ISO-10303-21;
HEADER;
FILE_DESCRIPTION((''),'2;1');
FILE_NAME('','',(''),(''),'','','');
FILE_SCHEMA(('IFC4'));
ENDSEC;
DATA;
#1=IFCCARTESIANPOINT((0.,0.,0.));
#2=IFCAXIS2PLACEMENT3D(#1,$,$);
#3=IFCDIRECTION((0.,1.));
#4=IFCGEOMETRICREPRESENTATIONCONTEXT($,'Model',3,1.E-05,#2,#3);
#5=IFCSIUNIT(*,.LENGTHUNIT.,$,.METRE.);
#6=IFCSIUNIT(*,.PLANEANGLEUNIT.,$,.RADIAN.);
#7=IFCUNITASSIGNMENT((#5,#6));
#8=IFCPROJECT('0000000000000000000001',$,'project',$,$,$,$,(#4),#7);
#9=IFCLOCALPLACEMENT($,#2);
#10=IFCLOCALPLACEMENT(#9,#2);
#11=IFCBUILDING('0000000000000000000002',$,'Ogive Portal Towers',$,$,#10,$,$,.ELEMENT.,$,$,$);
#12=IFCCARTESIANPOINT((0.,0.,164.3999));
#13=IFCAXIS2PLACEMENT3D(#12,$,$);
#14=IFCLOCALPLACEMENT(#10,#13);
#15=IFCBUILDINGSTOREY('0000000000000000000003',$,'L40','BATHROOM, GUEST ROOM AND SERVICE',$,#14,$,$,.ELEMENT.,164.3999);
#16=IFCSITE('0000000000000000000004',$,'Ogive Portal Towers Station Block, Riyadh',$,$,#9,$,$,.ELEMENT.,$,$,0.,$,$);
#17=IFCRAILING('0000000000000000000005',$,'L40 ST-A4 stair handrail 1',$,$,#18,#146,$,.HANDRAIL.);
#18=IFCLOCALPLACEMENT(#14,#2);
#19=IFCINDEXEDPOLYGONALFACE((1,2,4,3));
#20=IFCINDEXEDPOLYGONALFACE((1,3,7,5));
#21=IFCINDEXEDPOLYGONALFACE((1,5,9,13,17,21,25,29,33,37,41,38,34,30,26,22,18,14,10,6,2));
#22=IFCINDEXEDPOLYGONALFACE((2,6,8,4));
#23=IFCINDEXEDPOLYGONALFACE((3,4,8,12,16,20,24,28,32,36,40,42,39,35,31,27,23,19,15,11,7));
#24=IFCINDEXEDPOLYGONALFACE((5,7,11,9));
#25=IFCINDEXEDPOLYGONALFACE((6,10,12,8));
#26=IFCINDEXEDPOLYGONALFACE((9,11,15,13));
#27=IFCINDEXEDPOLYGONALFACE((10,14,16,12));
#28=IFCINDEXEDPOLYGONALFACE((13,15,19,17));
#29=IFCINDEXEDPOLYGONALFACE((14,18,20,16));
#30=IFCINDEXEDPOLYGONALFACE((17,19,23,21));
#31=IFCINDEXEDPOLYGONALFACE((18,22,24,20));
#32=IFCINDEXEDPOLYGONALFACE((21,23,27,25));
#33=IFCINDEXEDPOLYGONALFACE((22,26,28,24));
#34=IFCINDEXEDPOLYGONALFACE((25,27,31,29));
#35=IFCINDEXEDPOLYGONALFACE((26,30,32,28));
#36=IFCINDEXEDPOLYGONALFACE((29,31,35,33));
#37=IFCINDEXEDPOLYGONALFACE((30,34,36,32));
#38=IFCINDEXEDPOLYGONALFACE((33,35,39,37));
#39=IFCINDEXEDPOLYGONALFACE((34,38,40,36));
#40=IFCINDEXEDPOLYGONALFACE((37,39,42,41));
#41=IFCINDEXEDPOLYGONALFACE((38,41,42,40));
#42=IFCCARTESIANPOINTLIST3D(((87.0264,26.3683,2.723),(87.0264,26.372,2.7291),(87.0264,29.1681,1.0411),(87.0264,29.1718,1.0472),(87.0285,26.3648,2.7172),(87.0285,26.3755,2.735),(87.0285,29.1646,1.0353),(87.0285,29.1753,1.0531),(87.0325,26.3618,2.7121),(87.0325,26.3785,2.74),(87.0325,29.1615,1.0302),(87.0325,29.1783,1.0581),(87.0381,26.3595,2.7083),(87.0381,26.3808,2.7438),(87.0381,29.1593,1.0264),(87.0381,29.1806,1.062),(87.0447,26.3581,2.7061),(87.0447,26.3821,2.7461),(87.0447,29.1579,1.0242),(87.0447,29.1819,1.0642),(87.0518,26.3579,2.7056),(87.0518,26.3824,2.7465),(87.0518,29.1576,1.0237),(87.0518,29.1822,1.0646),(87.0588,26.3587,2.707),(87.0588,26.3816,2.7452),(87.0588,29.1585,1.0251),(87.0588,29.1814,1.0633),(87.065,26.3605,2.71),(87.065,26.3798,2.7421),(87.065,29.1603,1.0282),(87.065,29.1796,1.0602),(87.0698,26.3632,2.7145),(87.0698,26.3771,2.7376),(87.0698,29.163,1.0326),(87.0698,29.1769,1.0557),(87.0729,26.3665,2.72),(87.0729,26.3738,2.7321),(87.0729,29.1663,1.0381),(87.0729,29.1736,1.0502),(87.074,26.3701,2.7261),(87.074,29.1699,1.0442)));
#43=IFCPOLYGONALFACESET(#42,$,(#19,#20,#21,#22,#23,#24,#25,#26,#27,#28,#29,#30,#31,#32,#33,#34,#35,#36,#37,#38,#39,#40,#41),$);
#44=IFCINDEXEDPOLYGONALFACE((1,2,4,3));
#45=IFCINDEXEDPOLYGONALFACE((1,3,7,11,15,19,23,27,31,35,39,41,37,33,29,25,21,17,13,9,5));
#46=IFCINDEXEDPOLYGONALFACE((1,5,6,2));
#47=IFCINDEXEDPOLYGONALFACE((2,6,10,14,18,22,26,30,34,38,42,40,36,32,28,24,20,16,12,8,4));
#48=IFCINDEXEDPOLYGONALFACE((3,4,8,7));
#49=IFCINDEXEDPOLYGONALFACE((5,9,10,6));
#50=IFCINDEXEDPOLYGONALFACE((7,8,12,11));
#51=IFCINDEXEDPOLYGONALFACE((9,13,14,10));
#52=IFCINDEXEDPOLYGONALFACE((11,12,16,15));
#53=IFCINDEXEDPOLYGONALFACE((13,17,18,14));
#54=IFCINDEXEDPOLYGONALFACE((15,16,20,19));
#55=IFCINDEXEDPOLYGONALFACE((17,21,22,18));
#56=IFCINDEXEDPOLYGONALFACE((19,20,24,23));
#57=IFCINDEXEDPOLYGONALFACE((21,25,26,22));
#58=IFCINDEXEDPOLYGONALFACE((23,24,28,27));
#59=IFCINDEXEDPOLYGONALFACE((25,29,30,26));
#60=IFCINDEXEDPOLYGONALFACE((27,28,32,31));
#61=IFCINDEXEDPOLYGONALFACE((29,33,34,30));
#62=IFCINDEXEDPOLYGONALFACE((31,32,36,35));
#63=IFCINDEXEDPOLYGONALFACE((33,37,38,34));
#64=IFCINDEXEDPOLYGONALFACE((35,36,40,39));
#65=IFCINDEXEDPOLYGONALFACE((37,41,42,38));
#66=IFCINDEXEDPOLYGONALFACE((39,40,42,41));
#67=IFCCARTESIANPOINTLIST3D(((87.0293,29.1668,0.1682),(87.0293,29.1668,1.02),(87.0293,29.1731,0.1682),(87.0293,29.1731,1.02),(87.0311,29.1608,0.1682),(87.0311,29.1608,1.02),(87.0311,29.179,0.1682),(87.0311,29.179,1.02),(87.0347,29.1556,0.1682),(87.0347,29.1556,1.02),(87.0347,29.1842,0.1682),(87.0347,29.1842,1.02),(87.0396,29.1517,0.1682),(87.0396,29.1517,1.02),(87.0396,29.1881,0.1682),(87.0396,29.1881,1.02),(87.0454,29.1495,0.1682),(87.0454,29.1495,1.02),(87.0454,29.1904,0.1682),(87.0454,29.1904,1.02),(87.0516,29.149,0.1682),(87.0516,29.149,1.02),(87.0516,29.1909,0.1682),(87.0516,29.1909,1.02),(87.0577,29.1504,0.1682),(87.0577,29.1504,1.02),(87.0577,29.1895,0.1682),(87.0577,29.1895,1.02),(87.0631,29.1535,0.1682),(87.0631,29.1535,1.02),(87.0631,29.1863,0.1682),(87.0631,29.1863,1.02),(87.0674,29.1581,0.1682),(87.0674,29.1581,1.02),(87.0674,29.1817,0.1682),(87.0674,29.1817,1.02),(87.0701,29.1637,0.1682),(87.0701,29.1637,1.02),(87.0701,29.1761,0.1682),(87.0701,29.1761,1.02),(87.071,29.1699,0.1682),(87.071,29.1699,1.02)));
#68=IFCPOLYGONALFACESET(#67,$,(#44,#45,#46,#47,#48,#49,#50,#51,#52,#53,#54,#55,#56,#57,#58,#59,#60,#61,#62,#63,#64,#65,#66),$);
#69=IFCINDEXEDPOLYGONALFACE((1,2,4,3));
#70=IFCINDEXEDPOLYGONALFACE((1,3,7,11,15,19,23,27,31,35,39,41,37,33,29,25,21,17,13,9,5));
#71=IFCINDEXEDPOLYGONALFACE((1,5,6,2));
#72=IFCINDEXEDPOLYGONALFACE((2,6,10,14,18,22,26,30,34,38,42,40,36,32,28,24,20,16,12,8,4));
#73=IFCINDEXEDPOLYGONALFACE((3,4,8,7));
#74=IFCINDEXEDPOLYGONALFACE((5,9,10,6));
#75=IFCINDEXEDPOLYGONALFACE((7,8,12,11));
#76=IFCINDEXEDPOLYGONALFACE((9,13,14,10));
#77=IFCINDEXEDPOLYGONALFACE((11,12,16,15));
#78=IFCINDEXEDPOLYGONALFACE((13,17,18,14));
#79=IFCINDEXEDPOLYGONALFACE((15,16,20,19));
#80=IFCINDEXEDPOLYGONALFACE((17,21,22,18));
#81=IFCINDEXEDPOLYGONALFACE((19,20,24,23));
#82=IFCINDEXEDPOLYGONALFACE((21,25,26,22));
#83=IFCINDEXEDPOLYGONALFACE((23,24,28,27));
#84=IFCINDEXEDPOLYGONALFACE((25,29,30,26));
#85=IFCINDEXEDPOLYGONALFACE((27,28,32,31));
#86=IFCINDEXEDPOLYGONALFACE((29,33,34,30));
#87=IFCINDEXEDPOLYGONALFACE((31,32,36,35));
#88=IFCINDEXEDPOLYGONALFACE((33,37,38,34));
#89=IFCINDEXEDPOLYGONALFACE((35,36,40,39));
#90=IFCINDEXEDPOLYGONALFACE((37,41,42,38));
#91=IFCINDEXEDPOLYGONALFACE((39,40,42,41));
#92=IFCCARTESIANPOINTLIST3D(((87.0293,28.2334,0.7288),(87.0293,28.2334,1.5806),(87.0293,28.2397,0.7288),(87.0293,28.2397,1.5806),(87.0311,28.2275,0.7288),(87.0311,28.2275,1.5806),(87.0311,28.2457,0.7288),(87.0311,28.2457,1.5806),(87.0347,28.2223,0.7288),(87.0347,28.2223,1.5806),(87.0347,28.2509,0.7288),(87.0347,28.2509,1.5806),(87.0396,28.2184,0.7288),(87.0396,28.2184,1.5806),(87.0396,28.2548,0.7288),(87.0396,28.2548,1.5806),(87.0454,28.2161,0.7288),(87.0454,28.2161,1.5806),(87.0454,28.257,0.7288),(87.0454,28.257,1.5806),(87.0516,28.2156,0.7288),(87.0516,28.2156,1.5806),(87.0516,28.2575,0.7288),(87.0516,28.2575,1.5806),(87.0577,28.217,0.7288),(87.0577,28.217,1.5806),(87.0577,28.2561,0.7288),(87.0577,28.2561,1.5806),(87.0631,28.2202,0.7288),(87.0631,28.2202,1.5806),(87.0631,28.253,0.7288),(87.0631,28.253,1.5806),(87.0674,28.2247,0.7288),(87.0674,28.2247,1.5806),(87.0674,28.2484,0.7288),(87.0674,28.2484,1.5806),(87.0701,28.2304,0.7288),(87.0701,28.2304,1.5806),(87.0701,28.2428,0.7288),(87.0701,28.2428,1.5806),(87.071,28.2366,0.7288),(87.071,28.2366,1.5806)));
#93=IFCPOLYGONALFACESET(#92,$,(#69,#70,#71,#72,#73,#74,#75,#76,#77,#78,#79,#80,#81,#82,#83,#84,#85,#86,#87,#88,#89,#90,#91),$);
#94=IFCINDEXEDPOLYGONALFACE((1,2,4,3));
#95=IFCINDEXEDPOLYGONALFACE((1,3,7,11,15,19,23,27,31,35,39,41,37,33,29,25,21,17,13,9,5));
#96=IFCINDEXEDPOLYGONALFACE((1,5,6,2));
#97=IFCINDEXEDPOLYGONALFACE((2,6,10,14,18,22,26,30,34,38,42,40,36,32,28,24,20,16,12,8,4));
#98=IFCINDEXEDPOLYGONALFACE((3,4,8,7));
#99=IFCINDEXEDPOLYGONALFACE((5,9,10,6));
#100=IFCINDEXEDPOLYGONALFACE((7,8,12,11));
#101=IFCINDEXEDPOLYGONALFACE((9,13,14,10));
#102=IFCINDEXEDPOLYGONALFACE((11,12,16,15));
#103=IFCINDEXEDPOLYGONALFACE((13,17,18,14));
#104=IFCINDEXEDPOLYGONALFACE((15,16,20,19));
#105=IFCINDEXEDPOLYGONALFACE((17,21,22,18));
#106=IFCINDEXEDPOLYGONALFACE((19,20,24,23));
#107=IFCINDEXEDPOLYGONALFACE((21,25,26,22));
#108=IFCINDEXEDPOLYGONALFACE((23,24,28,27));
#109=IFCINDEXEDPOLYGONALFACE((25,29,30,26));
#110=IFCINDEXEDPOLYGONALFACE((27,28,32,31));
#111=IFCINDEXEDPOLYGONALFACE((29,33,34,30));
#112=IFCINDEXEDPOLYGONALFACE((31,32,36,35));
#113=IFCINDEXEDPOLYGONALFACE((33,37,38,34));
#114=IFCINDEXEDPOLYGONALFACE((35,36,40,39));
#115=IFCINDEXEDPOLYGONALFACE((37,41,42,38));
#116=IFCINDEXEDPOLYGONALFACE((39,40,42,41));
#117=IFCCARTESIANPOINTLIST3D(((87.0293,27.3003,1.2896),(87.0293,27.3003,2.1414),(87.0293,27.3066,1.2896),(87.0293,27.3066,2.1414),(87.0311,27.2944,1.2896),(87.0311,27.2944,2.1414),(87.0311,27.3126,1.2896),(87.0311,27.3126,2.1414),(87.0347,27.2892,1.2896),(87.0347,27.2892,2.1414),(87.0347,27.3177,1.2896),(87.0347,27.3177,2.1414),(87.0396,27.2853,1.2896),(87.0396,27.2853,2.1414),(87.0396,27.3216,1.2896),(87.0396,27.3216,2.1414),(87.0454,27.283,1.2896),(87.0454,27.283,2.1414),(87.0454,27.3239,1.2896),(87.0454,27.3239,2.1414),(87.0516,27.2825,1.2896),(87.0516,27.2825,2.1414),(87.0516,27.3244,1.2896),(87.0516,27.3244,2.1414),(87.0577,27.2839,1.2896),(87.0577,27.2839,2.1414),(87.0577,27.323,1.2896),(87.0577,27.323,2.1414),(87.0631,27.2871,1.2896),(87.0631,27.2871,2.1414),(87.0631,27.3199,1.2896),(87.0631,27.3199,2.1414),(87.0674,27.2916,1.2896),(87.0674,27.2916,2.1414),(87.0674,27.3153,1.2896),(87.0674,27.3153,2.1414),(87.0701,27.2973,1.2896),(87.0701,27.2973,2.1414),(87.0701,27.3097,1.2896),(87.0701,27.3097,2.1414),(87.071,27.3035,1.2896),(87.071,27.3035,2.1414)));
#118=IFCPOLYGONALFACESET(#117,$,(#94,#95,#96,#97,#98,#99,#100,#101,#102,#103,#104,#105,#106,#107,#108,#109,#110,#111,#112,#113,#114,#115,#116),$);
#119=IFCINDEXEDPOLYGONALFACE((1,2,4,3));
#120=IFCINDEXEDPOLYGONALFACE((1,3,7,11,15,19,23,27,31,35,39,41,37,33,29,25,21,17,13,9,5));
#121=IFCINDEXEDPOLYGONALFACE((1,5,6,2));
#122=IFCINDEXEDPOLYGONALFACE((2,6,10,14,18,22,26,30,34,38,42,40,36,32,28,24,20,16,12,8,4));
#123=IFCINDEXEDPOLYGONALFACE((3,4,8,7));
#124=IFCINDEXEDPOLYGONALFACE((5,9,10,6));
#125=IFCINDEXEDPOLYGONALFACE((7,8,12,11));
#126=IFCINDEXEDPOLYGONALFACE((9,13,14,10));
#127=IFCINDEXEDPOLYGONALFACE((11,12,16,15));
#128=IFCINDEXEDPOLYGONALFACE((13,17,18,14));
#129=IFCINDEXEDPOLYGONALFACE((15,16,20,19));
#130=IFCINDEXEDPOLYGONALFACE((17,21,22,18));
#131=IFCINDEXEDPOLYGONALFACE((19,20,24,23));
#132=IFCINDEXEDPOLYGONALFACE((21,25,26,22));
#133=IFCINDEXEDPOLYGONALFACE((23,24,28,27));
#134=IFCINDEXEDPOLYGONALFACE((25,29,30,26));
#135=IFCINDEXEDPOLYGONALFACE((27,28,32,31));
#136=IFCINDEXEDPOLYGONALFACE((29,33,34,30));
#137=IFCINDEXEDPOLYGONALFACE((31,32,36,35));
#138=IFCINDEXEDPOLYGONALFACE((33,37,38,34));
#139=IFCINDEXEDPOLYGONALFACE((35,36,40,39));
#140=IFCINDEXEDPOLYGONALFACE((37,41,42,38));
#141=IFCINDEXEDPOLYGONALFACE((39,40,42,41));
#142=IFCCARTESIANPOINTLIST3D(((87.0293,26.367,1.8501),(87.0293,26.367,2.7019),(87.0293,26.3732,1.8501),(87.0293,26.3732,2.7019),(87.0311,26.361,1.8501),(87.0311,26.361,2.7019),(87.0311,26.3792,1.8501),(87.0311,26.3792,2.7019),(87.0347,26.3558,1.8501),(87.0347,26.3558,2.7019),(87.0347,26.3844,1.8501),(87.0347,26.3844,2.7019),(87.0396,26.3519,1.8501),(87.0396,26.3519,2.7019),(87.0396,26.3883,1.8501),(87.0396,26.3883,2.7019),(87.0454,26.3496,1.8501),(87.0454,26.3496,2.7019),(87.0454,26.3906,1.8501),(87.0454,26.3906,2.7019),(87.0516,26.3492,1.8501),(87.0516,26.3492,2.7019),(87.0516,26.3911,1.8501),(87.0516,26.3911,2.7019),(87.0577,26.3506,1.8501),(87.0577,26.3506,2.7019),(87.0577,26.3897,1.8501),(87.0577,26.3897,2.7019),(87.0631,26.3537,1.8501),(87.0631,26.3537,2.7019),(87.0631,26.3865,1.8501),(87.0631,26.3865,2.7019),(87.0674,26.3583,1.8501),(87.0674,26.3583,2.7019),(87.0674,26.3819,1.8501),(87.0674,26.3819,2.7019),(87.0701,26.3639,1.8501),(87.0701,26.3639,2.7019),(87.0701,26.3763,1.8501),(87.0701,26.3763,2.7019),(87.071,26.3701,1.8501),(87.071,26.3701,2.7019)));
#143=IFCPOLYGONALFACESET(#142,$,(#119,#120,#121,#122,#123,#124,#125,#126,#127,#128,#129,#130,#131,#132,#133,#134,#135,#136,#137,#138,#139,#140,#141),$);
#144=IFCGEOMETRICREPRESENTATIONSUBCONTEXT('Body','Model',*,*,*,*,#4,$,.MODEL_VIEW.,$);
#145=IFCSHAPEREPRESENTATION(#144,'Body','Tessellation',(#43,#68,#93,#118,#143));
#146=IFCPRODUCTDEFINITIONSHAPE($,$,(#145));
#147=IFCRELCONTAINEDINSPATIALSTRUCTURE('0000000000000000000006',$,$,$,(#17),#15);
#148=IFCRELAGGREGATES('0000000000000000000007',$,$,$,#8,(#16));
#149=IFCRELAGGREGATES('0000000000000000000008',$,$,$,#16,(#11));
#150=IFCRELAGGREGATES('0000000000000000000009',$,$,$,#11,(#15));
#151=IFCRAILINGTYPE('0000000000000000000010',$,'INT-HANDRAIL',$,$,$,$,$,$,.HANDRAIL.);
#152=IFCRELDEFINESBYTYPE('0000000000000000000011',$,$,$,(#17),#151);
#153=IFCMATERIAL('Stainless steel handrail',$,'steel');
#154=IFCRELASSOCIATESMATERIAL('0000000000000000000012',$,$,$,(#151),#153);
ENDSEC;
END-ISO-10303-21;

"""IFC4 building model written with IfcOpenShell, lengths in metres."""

from ifc_helpers import new_model, si_unit, direction, frame, origin, origin_2d, place, context, subcontext, project, spatial, circle, extrude, material, type_object, element, save


model = new_model("IFC4")

# Units and contexts
model_context = context("Model", 3, precision=1e-05, world=origin(), true_north=direction((0.0, 1.0)))
body_context = subcontext(model_context, "Body", "Model", "MODEL_VIEW")
ifc_project = project(units=[si_unit("LENGTHUNIT", "METRE"), si_unit("PLANEANGLEUNIT", "RADIAN")], contexts=[model_context])

# Site, building, storey
site_placement = place(None, origin())
site = spatial("IfcSite", under=ifc_project, at=site_placement, Name="Ogive Portal Towers Station Block, Riyadh", CompositionType="ELEMENT", RefElevation=0.0)
building_placement = place(site_placement, origin())
building = spatial("IfcBuilding", under=site, at=building_placement, Name="Ogive Portal Towers", CompositionType="ELEMENT")
storey_placement = place(building_placement, frame((0.0, 0.0, 164.3999)))
storey = spatial("IfcBuildingStorey", under=building, at=storey_placement, Name="L40", Description="BATHROOM, GUEST ROOM AND SERVICE", CompositionType="ELEMENT", Elevation=164.3999)

# Railing
ifc_material_1 = material(Name="Stainless steel handrail", Category="steel")
railing_type_1 = type_object("IfcRailingType", Name="INT-HANDRAIL", PredefinedType="HANDRAIL", material=ifc_material_1)
railing_1_placement = place(storey_placement, frame((87.05, 29.1699, 0.1682)))
element("IfcRailing", 1, at=railing_1_placement, inside=storey, type_object=railing_type_1, Name="L40 ST-A4 stair handrail 1", PredefinedType="HANDRAIL", context=body_context, shape_type="SweptSolid", body=[
    extrude(circle(Radius=0.0239, at=origin_2d()), frame((0.0, 0.0, 0.876), z_axis=(0.0, -0.857222, 0.514946), x_axis=(1.0, 0.0, 0.0)), (0.0, 0.0, 1.0), 3.2661),
    extrude(circle(Radius=0.021, at=origin_2d()), origin(), (0.0, 0.0, 1.0), 0.8518),
    extrude(circle(Radius=0.021, at=origin_2d()), frame((0.0, -0.9333, 0.5605)), (0.0, 0.0, 1.0), 0.8518),
    extrude(circle(Radius=0.021, at=origin_2d()), frame((0.0, -1.8665, 1.1213)), (0.0, 0.0, 1.0), 0.8518),
    extrude(circle(Radius=0.021, at=origin_2d()), frame((0.0, -2.7998, 1.6819)), (0.0, 0.0, 1.0), 0.8518),
])

save(model, "model.ifc")
